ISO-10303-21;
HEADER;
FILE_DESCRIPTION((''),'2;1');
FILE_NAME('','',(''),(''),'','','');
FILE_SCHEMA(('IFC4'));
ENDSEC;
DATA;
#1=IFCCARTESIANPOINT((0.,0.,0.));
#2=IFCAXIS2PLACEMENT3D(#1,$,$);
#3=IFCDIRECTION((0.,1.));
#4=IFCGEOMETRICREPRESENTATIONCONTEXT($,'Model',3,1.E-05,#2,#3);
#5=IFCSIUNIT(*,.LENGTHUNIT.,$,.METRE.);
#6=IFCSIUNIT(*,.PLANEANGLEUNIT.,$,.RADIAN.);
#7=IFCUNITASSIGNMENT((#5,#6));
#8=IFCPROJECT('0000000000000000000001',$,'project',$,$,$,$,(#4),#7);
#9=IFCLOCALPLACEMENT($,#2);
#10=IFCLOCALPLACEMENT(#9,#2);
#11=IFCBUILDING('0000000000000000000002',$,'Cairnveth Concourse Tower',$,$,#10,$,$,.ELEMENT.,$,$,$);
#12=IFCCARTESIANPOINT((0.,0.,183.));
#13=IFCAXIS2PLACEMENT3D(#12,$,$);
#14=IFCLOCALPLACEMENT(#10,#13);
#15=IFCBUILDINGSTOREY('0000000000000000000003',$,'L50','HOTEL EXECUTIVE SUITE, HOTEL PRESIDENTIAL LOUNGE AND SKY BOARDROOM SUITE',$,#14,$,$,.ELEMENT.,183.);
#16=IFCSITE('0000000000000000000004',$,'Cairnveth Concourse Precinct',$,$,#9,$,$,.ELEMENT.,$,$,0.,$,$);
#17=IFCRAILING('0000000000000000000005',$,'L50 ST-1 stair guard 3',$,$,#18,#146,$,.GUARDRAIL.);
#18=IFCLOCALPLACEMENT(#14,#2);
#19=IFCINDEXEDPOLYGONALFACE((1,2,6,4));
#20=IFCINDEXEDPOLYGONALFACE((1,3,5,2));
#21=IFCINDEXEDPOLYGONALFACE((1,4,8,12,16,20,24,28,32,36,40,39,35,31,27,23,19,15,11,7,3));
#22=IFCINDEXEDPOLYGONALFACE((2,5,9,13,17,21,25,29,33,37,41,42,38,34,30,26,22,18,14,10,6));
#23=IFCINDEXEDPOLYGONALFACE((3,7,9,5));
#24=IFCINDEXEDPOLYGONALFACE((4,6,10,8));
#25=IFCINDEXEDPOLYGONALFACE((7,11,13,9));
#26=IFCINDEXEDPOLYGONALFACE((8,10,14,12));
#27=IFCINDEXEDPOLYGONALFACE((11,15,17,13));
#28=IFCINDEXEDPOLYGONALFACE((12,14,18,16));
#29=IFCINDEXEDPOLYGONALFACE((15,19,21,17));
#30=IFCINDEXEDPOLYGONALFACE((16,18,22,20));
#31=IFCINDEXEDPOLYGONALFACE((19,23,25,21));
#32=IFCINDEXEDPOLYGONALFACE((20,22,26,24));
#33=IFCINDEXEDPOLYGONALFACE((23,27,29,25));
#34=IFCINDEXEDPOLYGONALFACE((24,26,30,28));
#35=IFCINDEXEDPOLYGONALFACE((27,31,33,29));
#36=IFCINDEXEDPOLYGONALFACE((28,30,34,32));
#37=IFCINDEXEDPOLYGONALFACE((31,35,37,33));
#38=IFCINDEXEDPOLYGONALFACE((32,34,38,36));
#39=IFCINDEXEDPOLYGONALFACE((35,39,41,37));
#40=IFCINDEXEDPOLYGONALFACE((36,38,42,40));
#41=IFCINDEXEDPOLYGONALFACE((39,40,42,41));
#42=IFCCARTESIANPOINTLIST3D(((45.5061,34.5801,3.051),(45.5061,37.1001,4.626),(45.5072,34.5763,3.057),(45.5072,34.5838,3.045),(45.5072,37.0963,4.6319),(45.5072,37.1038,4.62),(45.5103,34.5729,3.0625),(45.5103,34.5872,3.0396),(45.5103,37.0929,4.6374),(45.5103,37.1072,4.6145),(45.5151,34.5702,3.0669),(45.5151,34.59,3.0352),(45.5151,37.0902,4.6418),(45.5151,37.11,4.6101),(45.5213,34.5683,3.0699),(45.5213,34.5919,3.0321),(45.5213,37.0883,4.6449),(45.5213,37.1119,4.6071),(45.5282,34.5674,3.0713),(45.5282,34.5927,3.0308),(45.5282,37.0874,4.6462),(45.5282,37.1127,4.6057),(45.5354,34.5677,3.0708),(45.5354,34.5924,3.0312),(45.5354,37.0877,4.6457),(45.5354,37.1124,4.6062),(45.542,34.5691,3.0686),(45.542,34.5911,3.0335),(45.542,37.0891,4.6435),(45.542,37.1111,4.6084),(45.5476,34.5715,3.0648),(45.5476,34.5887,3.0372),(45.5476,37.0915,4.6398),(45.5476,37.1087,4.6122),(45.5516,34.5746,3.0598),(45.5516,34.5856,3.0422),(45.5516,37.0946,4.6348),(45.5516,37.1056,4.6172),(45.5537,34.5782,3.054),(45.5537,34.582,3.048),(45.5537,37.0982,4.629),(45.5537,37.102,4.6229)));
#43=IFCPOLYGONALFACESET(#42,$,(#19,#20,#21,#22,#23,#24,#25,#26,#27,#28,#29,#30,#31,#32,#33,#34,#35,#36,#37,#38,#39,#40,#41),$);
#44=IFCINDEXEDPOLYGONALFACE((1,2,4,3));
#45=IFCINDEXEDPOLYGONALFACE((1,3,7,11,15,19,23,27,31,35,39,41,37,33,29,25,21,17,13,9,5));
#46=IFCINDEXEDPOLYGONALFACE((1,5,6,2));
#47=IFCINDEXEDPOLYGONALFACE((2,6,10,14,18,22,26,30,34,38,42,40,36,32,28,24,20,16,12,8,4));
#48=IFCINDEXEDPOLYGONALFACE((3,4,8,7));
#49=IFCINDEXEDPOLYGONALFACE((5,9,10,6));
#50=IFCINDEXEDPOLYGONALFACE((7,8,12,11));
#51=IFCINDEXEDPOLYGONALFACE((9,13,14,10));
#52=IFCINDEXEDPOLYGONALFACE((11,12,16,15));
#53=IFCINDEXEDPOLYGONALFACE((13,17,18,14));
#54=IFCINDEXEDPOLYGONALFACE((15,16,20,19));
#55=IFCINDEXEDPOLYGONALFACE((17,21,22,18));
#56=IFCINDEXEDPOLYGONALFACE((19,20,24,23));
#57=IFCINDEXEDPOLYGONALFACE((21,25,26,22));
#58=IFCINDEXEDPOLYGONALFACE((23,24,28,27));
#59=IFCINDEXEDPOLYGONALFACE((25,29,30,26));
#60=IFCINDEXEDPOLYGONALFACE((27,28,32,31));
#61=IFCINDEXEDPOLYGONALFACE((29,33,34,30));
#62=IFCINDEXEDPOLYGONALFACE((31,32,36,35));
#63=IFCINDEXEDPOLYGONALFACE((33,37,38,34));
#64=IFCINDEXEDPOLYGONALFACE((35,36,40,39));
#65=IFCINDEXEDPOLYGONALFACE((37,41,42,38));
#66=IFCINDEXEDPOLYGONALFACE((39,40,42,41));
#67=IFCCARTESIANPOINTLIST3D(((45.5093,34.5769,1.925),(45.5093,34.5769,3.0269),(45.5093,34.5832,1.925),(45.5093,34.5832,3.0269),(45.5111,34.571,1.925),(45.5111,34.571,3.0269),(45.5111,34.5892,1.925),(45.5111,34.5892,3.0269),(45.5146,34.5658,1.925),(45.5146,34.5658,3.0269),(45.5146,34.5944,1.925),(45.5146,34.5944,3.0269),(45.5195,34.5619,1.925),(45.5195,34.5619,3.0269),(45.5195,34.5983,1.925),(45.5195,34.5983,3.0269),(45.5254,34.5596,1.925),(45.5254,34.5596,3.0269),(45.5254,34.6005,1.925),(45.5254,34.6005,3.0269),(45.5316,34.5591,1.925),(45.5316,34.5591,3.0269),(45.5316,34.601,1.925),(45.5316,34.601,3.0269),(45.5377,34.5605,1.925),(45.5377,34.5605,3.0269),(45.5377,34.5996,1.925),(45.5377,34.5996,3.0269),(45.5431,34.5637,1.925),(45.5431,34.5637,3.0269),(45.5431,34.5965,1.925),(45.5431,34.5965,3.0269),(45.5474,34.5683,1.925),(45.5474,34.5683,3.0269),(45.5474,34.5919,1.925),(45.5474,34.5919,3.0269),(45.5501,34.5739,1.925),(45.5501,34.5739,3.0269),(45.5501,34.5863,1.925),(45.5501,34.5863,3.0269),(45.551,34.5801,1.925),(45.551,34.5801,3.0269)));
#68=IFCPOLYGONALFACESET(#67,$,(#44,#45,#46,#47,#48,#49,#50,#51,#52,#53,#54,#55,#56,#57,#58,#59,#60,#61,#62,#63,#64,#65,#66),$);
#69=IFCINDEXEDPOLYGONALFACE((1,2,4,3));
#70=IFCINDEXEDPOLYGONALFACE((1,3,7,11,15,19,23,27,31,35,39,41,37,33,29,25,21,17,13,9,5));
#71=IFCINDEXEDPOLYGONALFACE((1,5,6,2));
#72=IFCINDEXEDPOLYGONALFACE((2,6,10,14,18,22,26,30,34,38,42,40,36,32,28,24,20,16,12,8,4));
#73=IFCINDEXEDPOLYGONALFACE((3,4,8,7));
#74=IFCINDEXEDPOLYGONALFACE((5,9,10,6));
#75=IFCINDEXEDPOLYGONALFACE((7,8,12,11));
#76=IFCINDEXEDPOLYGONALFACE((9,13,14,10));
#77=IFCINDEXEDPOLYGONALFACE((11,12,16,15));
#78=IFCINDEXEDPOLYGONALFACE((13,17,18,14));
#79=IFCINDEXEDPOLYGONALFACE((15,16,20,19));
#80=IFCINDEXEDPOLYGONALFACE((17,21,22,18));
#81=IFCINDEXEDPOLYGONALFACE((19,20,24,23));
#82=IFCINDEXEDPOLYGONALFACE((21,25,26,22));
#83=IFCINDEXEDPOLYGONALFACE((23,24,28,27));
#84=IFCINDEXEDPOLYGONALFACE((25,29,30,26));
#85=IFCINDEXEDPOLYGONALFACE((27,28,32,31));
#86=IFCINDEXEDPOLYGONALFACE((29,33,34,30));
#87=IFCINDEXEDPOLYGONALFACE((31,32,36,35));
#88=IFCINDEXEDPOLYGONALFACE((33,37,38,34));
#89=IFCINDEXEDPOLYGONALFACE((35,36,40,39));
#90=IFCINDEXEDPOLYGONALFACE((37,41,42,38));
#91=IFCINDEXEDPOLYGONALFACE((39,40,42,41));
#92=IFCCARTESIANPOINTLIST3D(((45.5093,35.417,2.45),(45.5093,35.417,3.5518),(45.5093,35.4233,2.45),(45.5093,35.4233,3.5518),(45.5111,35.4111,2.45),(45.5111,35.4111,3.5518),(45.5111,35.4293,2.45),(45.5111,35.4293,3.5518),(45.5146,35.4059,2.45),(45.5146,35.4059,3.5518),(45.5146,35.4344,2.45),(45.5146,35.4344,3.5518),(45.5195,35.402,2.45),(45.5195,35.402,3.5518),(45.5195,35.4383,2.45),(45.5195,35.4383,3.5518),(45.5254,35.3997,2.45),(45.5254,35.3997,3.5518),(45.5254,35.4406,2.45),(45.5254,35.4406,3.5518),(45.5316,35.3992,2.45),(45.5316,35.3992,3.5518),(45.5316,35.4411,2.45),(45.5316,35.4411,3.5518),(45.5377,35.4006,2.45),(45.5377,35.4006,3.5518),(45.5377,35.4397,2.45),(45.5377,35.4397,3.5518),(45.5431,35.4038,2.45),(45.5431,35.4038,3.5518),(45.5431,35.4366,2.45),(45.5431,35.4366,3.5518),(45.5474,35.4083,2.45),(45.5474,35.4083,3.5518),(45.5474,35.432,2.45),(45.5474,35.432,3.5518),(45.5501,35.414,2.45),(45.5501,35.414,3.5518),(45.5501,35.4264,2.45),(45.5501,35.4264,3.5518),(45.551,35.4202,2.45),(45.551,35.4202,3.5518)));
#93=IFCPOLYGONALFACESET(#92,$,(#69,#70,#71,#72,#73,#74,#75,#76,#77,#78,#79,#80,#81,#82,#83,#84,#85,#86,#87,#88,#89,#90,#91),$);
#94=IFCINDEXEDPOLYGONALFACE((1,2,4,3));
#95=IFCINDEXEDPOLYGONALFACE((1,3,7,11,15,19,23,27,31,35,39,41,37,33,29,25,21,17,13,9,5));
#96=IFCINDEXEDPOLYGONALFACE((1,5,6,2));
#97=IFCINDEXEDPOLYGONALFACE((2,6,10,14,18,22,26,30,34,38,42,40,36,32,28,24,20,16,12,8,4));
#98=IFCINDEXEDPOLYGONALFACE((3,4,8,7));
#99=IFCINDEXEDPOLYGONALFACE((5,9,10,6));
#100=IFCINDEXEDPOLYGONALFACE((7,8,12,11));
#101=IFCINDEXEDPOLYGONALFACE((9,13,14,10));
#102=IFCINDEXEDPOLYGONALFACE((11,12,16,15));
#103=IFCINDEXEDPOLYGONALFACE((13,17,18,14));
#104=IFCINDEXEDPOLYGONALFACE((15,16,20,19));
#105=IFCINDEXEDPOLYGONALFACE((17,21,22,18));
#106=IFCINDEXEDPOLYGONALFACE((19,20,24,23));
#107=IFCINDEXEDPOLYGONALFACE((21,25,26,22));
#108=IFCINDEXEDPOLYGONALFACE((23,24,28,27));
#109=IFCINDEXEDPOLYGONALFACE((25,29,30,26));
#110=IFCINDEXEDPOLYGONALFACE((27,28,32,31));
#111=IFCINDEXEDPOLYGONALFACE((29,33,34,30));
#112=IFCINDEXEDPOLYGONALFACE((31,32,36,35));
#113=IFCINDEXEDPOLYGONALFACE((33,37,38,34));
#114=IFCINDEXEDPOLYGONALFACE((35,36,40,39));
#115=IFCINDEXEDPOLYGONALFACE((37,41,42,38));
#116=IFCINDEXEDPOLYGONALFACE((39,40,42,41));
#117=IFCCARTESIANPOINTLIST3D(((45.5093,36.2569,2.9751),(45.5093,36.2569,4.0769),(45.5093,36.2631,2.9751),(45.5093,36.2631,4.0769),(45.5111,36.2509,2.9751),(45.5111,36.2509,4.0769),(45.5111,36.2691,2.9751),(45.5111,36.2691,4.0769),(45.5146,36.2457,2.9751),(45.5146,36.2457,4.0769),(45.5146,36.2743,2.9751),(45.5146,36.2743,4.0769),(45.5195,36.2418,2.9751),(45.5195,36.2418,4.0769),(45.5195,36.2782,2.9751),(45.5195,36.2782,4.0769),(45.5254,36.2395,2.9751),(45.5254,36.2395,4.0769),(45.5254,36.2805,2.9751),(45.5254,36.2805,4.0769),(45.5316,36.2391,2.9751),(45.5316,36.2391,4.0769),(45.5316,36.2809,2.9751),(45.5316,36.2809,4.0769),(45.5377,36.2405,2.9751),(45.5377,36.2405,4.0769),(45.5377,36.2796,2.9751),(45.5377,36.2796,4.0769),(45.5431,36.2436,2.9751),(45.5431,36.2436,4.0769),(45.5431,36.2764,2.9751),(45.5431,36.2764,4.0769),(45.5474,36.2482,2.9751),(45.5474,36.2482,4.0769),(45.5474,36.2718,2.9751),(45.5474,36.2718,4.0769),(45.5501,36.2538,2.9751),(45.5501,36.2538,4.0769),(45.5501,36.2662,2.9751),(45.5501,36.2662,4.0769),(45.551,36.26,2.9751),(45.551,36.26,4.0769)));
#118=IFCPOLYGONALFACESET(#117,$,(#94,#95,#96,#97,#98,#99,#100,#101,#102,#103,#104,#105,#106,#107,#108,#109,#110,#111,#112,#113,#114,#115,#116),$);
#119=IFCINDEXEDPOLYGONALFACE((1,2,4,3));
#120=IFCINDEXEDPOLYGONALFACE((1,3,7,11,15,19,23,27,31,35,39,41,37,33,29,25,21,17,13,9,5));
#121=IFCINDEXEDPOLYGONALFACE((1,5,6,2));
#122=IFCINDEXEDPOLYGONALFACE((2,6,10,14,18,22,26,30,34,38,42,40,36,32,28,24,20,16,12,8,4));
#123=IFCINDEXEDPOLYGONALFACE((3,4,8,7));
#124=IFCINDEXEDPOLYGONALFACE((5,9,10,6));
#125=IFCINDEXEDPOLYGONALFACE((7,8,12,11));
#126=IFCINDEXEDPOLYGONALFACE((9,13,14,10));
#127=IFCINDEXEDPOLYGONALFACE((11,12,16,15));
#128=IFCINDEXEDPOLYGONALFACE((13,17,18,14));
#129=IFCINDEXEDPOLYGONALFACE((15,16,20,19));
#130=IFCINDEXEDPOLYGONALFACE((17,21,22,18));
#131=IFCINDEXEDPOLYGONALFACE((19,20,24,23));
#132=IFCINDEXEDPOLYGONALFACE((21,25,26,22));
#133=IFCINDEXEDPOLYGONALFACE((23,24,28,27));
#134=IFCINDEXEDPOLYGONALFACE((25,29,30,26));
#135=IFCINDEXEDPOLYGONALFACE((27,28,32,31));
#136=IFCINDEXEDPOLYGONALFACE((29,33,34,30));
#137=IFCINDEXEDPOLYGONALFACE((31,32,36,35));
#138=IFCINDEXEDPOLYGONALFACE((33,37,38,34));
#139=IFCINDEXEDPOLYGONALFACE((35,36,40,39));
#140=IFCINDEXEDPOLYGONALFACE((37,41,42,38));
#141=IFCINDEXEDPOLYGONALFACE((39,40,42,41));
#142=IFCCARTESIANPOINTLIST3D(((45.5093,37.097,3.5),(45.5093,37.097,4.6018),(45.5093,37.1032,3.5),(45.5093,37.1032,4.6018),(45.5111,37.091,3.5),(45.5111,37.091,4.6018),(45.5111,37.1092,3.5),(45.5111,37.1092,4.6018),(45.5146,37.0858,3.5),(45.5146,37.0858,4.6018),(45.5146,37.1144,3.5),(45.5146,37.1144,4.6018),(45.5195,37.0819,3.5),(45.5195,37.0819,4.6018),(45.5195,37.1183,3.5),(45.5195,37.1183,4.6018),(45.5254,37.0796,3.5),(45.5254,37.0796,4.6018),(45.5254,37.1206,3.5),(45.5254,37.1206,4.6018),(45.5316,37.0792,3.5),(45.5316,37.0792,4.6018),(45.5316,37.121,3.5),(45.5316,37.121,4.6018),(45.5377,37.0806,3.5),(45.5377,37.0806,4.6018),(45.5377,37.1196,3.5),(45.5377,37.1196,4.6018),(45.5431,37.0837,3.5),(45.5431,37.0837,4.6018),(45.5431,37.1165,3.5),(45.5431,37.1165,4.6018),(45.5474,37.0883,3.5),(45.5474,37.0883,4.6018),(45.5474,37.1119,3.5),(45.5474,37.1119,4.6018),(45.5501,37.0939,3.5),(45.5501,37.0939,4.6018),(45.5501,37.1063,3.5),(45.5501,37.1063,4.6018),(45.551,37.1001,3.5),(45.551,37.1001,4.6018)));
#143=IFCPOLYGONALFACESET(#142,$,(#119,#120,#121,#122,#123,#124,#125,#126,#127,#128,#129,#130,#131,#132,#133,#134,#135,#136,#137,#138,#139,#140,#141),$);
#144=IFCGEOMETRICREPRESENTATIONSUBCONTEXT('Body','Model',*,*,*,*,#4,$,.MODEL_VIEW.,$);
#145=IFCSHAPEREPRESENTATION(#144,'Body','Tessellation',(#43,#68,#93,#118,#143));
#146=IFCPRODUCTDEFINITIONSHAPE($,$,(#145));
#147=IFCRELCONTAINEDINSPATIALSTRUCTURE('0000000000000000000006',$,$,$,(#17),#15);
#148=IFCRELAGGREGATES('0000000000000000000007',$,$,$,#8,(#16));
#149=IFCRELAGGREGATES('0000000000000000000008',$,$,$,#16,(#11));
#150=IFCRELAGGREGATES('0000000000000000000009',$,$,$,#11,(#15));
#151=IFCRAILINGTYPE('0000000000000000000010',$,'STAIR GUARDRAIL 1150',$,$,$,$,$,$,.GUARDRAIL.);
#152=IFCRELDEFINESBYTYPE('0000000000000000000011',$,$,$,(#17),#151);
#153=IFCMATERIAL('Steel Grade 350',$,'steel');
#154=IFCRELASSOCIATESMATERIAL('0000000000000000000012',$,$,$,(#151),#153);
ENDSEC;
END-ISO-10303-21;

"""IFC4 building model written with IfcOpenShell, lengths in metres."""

from ifc_helpers import new_model, si_unit, direction, frame, origin, origin_2d, place, context, subcontext, project, spatial, circle, extrude, material, type_object, element, save


model = new_model("IFC4")

# Units and contexts
model_context = context("Model", 3, precision=1e-05, world=origin(), true_north=direction((0.0, 1.0)))
body_context = subcontext(model_context, "Body", "Model", "MODEL_VIEW")
ifc_project = project(units=[si_unit("LENGTHUNIT", "METRE"), si_unit("PLANEANGLEUNIT", "RADIAN")], contexts=[model_context])

# Site, building, storey
site_placement = place(None, origin())
site = spatial("IfcSite", under=ifc_project, at=site_placement, Name="Cairnveth Concourse Precinct", CompositionType="ELEMENT", RefElevation=0.0)
building_placement = place(site_placement, origin())
building = spatial("IfcBuilding", under=site, at=building_placement, Name="Cairnveth Concourse Tower", CompositionType="ELEMENT")
storey_placement = place(building_placement, frame((0.0, 0.0, 183.0)))
storey = spatial("IfcBuildingStorey", under=building, at=storey_placement, Name="L50", Description="HOTEL EXECUTIVE SUITE, HOTEL PRESIDENTIAL LOUNGE AND SKY BOARDROOM SUITE", CompositionType="ELEMENT", Elevation=183.0)

# Shared definitions
ifc_material_1 = material(Name="Steel Grade 350", Category="steel")

# Railing
railing_type_1 = type_object("IfcRailingType", Name="STAIR GUARDRAIL 1150", PredefinedType="GUARDRAIL", material=ifc_material_1)
railing_1_placement = place(storey_placement, frame((45.53, 34.5801, 1.925)))
element("IfcRailing", 1, at=railing_1_placement, inside=storey, type_object=railing_type_1, Name="L50 ST-1 stair guard 3", PredefinedType="GUARDRAIL", context=body_context, shape_type="SweptSolid", body=[
    extrude(circle(Radius=0.0239, at=origin_2d()), frame((0.0, 0.0, 1.126), z_axis=(0.0, 0.848008, 0.529984), x_axis=(-1.0, 0.0, 0.0)), (0.0, 0.0, 1.0), 2.9717),
    extrude(circle(Radius=0.021, at=origin_2d()), origin(), (0.0, 0.0, 1.0), 1.1018),
    extrude(circle(Radius=0.021, at=origin_2d()), frame((0.0, 0.8401, 0.5249)), (0.0, 0.0, 1.0), 1.1018),
    extrude(circle(Radius=0.021, at=origin_2d()), frame((0.0, 1.6799, 1.05)), (0.0, 0.0, 1.0), 1.1018),
    extrude(circle(Radius=0.021, at=origin_2d()), frame((0.0, 2.52, 1.575)), (0.0, 0.0, 1.0), 1.1018),
])

save(model, "model.ifc")
